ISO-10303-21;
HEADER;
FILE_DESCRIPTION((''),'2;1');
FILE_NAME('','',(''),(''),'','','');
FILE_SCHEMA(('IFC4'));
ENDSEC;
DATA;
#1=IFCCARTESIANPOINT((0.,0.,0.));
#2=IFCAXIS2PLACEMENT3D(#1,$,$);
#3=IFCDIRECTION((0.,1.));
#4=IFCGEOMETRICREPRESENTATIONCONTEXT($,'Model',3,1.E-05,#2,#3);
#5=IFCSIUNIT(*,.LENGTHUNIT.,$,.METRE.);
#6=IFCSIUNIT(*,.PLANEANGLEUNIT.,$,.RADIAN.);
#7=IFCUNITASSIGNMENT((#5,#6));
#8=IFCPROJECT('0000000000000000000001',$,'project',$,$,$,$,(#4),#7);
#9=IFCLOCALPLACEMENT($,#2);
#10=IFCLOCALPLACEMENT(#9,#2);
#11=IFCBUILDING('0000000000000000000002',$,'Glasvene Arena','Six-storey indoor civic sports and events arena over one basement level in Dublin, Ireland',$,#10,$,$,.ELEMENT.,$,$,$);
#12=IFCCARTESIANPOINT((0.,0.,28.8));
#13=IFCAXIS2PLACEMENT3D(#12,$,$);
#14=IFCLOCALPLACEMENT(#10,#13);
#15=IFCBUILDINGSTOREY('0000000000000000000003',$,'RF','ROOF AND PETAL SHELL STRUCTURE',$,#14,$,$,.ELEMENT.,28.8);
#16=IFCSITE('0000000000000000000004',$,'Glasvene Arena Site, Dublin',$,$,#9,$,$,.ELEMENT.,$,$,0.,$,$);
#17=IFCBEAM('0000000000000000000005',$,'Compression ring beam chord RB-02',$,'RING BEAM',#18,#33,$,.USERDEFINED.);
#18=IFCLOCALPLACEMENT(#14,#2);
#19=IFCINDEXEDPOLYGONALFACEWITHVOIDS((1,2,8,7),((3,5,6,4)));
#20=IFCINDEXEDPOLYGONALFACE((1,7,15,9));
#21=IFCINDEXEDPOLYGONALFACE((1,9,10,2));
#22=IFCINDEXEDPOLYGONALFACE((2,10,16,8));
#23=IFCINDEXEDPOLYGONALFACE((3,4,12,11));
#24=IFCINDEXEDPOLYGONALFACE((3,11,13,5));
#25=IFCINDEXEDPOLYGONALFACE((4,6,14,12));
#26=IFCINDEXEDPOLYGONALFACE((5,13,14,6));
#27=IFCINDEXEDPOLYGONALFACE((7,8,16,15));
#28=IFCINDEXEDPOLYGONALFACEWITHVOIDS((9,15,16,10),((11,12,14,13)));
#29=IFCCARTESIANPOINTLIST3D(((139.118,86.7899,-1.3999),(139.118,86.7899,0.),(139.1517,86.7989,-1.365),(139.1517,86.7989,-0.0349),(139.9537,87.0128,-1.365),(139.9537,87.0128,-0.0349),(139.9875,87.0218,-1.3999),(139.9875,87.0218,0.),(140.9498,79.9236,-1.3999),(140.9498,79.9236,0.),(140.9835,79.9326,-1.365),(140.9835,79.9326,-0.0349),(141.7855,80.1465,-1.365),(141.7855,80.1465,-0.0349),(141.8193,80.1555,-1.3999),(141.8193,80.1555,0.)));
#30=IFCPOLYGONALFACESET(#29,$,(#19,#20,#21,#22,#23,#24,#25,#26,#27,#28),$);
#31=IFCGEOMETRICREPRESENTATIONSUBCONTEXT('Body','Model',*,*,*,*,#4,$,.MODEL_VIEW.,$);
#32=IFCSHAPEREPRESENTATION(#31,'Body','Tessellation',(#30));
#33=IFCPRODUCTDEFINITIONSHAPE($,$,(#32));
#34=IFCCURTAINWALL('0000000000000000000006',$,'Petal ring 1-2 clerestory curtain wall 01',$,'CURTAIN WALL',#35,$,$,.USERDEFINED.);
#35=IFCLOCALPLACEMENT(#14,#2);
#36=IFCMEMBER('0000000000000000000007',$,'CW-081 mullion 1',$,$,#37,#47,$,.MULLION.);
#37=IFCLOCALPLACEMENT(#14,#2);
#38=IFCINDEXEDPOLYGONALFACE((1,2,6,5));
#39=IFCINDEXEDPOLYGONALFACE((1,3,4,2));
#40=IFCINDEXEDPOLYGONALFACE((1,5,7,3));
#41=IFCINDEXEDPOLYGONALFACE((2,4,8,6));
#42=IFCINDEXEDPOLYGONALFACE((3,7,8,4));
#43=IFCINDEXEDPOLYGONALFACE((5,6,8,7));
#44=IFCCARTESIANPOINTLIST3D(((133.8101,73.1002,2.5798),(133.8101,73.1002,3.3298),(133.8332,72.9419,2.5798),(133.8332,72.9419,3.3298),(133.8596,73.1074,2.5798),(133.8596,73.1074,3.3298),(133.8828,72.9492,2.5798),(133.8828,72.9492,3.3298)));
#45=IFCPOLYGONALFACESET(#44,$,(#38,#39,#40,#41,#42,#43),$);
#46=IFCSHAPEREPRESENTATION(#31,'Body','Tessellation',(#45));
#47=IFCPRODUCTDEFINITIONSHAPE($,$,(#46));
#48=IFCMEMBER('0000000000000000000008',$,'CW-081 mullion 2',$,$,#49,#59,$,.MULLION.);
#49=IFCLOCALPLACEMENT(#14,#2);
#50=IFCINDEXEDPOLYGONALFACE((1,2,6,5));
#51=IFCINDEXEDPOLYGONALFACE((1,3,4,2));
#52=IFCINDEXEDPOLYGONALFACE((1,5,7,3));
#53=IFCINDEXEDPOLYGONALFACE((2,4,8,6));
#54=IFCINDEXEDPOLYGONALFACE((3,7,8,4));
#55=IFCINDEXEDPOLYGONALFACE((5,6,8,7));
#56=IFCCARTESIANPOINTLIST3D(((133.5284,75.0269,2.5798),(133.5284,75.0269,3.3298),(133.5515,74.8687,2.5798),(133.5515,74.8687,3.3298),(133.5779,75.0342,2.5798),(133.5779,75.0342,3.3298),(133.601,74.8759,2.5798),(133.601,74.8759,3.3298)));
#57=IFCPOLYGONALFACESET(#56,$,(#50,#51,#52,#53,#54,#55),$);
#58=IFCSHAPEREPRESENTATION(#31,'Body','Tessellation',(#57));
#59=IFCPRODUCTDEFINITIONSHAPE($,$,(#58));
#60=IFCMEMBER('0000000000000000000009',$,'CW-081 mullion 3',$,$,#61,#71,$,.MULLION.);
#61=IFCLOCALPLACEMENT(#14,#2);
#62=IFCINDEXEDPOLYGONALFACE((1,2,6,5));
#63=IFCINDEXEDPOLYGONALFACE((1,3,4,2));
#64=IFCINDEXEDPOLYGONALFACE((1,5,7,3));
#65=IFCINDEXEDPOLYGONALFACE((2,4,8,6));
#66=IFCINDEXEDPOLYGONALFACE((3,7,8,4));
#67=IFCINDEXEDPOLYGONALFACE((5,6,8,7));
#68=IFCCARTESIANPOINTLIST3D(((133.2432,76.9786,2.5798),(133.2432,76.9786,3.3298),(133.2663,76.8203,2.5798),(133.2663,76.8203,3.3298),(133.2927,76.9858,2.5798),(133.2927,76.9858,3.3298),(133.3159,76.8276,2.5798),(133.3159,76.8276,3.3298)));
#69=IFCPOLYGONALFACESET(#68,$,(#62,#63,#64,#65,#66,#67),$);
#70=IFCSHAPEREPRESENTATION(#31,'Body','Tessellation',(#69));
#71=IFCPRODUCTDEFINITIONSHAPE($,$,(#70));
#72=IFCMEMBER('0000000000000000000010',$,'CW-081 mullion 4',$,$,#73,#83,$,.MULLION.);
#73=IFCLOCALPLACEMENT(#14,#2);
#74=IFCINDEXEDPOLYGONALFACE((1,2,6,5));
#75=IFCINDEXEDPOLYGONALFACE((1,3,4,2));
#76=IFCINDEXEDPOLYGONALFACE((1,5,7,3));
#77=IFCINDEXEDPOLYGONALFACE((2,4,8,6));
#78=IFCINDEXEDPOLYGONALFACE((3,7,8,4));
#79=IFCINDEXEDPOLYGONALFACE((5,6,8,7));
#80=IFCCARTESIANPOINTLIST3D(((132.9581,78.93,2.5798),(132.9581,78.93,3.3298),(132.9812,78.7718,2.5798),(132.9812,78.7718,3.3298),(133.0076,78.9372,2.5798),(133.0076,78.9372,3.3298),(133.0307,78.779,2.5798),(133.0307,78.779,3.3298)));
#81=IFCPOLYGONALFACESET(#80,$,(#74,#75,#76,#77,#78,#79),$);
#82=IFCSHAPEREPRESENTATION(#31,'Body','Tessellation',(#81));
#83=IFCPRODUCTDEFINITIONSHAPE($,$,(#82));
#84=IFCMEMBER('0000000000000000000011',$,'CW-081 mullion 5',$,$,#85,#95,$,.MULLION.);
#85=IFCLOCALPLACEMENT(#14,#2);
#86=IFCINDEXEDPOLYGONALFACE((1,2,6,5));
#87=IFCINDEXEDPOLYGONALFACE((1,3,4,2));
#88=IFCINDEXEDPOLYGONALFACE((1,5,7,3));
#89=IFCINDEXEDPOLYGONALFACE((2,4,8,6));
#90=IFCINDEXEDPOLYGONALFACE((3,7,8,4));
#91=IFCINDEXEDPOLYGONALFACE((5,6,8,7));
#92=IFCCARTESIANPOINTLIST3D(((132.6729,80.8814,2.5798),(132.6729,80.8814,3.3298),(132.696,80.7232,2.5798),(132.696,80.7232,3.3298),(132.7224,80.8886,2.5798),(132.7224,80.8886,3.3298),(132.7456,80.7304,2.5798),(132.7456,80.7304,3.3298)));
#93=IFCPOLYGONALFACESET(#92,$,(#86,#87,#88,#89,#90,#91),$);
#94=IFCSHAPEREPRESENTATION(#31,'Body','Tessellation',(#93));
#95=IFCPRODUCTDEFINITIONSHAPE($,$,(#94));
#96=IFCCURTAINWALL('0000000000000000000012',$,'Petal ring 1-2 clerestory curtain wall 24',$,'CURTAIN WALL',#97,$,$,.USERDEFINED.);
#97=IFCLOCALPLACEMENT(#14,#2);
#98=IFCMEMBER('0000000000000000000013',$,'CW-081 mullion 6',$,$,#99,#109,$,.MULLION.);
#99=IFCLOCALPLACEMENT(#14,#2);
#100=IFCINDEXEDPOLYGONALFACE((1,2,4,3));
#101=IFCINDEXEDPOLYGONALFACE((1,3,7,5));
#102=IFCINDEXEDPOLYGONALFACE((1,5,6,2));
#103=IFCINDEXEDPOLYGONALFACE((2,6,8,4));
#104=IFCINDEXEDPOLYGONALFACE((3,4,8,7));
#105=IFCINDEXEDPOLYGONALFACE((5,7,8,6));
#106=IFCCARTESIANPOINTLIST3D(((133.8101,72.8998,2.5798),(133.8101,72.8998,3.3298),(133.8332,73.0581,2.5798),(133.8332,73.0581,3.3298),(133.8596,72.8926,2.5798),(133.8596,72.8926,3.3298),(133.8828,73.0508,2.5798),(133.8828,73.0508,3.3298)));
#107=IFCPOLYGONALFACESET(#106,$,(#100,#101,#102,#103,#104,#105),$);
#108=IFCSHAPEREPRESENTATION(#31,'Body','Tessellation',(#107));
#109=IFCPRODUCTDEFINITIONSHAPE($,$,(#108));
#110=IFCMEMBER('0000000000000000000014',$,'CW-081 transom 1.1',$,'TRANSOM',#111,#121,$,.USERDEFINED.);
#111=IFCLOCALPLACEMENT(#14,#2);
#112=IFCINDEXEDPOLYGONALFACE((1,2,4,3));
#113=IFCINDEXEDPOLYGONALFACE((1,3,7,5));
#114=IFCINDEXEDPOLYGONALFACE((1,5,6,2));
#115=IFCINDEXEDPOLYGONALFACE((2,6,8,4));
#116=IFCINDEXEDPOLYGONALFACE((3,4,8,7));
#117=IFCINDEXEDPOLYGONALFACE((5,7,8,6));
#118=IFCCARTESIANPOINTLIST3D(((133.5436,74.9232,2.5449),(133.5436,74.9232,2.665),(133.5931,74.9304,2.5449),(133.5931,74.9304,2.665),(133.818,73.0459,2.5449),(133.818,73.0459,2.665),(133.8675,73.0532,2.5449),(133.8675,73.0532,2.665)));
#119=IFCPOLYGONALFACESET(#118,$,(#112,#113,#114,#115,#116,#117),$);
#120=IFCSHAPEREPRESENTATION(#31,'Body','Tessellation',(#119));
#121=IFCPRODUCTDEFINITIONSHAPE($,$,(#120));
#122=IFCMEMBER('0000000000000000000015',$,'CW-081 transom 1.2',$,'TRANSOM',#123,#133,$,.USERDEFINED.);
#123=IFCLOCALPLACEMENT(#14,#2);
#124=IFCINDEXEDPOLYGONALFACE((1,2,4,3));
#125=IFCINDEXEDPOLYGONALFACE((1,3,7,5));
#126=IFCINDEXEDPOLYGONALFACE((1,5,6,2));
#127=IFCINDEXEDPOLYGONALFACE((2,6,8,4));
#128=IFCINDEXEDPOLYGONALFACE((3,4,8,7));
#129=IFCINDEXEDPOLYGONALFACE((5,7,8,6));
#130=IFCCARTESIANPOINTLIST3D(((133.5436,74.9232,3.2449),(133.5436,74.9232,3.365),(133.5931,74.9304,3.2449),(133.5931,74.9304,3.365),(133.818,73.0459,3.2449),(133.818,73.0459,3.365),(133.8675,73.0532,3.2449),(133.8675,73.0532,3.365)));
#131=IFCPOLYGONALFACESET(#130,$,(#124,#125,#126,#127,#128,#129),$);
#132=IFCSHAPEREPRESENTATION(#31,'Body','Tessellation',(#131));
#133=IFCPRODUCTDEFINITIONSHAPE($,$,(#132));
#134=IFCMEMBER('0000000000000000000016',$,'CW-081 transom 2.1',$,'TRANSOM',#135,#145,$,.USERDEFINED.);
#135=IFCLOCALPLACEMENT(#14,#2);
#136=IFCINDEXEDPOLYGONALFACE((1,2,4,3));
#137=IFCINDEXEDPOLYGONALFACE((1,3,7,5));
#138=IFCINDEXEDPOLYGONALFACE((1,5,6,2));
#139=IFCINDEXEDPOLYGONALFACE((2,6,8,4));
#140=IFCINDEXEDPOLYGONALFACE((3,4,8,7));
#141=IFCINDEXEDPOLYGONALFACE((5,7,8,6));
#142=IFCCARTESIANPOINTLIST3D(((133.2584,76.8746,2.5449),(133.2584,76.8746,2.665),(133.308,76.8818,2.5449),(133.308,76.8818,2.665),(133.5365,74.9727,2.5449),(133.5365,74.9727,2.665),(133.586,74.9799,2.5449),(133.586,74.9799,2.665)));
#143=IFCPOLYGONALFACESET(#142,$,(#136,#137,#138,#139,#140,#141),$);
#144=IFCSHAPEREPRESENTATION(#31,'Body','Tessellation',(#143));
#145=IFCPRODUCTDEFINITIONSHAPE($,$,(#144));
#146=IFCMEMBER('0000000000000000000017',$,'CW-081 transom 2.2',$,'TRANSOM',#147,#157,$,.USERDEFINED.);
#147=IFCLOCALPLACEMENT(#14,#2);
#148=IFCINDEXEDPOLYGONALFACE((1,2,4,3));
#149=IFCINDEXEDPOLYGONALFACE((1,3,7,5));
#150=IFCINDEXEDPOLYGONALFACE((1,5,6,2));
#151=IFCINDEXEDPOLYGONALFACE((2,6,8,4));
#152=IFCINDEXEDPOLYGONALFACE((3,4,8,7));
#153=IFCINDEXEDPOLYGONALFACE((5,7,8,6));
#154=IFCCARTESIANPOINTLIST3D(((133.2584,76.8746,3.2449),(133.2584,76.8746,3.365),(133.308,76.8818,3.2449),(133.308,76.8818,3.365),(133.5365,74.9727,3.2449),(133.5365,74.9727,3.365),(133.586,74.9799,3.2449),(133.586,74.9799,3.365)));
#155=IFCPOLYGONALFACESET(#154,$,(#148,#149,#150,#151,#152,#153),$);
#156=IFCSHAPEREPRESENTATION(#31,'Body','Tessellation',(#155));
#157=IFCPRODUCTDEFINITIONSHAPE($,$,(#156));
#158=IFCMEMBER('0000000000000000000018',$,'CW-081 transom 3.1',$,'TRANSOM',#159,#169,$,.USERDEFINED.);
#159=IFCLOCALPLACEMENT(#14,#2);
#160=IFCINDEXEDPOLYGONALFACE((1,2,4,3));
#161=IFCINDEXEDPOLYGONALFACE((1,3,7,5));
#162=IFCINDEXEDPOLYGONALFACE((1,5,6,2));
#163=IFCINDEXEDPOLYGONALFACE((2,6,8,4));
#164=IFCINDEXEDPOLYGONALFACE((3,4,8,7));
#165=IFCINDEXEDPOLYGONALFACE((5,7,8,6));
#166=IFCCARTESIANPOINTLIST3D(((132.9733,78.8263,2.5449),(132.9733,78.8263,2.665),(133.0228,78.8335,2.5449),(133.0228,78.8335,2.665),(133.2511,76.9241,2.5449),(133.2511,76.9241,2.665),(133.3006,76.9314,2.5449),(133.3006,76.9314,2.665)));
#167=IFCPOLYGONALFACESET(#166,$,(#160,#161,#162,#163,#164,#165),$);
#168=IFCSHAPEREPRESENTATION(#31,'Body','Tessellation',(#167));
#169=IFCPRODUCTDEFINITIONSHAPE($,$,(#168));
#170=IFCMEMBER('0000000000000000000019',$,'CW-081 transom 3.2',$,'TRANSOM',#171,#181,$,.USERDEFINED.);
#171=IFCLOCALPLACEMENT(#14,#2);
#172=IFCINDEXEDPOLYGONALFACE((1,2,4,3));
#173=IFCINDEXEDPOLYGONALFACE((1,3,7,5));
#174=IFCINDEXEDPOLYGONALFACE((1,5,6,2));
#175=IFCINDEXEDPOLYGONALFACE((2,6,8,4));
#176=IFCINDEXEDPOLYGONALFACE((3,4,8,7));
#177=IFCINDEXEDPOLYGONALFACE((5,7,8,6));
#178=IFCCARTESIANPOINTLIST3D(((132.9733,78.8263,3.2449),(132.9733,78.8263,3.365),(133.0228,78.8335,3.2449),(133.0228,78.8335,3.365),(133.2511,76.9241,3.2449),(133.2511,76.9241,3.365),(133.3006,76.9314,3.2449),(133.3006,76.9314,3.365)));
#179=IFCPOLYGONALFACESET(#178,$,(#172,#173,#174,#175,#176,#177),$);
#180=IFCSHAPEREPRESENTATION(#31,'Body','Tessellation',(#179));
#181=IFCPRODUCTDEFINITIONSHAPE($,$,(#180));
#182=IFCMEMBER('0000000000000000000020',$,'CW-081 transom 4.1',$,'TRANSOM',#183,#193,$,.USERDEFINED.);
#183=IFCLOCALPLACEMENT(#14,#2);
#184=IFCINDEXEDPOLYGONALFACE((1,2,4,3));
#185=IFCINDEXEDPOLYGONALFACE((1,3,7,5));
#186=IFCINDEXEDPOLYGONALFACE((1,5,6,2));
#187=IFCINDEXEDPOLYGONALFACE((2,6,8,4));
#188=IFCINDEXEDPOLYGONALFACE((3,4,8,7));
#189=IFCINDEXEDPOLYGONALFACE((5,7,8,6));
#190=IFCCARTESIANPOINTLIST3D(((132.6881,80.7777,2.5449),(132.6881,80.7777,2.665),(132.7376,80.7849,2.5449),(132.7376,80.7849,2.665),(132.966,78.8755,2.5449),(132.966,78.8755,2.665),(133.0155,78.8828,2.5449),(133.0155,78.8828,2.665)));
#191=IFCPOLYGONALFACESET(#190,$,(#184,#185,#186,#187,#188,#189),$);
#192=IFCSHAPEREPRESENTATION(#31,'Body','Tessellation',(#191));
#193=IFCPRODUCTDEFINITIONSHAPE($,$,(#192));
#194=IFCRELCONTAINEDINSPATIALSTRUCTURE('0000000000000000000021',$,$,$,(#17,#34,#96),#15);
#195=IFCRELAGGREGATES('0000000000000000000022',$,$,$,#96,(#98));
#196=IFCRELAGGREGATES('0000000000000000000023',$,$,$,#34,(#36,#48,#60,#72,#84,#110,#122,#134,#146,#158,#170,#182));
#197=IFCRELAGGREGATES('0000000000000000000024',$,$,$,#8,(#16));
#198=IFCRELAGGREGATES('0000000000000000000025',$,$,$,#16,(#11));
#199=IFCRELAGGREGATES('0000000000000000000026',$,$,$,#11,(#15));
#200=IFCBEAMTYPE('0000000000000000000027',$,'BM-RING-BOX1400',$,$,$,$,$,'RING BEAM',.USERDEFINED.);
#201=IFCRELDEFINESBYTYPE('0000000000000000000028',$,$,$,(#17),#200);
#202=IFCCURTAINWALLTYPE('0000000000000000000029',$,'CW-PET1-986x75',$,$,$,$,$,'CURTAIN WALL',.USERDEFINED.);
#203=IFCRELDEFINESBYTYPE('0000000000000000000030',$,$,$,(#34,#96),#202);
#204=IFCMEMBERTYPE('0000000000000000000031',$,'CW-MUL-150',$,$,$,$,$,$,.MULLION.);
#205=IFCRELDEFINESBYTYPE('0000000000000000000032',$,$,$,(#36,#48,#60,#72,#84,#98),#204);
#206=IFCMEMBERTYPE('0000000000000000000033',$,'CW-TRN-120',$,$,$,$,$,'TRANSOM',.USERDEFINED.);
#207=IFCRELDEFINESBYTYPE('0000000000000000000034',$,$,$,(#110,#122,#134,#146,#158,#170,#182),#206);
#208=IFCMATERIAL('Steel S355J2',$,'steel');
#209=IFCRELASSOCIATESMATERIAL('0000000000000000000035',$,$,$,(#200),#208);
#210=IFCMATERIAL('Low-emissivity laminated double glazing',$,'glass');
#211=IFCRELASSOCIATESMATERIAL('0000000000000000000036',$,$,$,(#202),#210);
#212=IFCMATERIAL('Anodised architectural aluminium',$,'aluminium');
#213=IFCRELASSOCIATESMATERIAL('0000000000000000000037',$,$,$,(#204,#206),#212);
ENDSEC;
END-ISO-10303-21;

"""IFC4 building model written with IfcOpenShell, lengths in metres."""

from ifc_helpers import new_model, si_unit, direction, frame, origin, origin_2d, place, context, subcontext, project, spatial, rectangle, hollow_rectangle, extrude, material, material_profile, profile_set, type_object, element, aggregate, save


model = new_model("IFC4")

# Units and contexts
model_context = context("Model", 3, precision=1e-05, world=origin(), true_north=direction((0.0, 1.0)))
body_context = subcontext(model_context, "Body", "Model", "MODEL_VIEW")
ifc_project = project(units=[si_unit("LENGTHUNIT", "METRE"), si_unit("PLANEANGLEUNIT", "RADIAN")], contexts=[model_context])

# Site, building, storey
site_placement = place(None, origin())
site = spatial("IfcSite", under=ifc_project, at=site_placement, Name="Glasvene Arena Site, Dublin", CompositionType="ELEMENT", RefElevation=0.0)
building_placement = place(site_placement, origin())
building = spatial("IfcBuilding", under=site, at=building_placement, Name="Glasvene Arena", Description="Six-storey indoor civic sports and events arena over one basement level in Dublin, Ireland", CompositionType="ELEMENT")
storey_placement = place(building_placement, frame((0.0, 0.0, 28.8)))
storey = spatial("IfcBuildingStorey", under=building, at=storey_placement, Name="RF", Description="ROOF AND PETAL SHELL STRUCTURE", CompositionType="ELEMENT", Elevation=28.8)

# Beam
ifc_material_1 = material(Name="Steel S355J2", Category="steel")
ifc_material_profile_1 = material_profile(ifc_material_1, hollow_rectangle(XDim=0.8999, YDim=1.3999, WallThickness=0.0349, at=origin_2d()), Name="WBOX 900x1400x35")
ifc_profile_set_1 = profile_set([ifc_material_profile_1], Name="Steel S355J2")
beam_type = type_object("IfcBeamType", Name="BM-RING-BOX1400", ElementType="RING BEAM", PredefinedType="USERDEFINED", material=ifc_profile_set_1)
beam_placement = place(storey_placement, frame((141.3845, 80.0396, -0.7), z_axis=(-0.257767, 0.966207, 0.0), x_axis=(-0.966207, -0.257767, 0.0)))
element("IfcBeam", 1, at=beam_placement, inside=storey, type_object=beam_type, Name="Compression ring beam chord RB-02", ObjectType="RING BEAM", PredefinedType="USERDEFINED", context=body_context, shape_type="SweptSolid", body=[
    extrude(hollow_rectangle(XDim=0.8999, YDim=1.3999, WallThickness=0.0349, at=origin_2d()), origin(), (0.0, 0.0, 1.0), 7.1064),
])

# Curtain wall, members
ifc_material_2 = material(Name="Low-emissivity laminated double glazing", Category="glass")
curtain_wall_type_1 = type_object("IfcCurtainWallType", Name="CW-PET1-986x75", ElementType="CURTAIN WALL", PredefinedType="USERDEFINED", material=ifc_material_2)
curtain_wall_1_placement = place(storey_placement, frame((133.8501, 73.0, 0.0)))
curtain_wall_1 = element("IfcCurtainWall", 2, at=curtain_wall_1_placement, inside=storey, type_object=curtain_wall_type_1, Name="Petal ring 1-2 clerestory curtain wall 01", ObjectType="CURTAIN WALL", PredefinedType="USERDEFINED")
ifc_material_3 = material(Name="Anodised architectural aluminium", Category="aluminium")
ifc_material_profile_2 = material_profile(ifc_material_3, rectangle(XDim=0.05, YDim=0.1599, at=origin_2d()), Name="ALU MULLION 50x160")
ifc_profile_set_2 = profile_set([ifc_material_profile_2], Name="Anodised architectural aluminium")
member_type_1 = type_object("IfcMemberType", Name="CW-MUL-150", PredefinedType="MULLION", material=ifc_profile_set_2)
member_1_placement = place(storey_placement, frame((133.8464, 73.0247, 2.5798), z_axis=(0.0, 0.0, 1.0), x_axis=(-0.989489, -0.144608, 0.0)))
member_1 = element("IfcMember", 3, at=member_1_placement, type_object=member_type_1, Name="CW-081 mullion 1", PredefinedType="MULLION", context=body_context, shape_type="SweptSolid", body=[
    extrude(rectangle(XDim=0.05, YDim=0.1599, at=origin_2d()), origin(), (0.0, 0.0, 1.0), 0.75),
])
member_2_placement = place(storey_placement, frame((133.5647, 74.9514, 2.5798), z_axis=(0.0, 0.0, 1.0), x_axis=(-0.989489, -0.144608, 0.0)))
member_2 = element("IfcMember", 4, at=member_2_placement, type_object=member_type_1, Name="CW-081 mullion 2", PredefinedType="MULLION", context=body_context, shape_type="SweptSolid", body=[
    extrude(rectangle(XDim=0.05, YDim=0.1599, at=origin_2d()), origin(), (0.0, 0.0, 1.0), 0.75),
])
member_3_placement = place(storey_placement, frame((133.2795, 76.9031, 2.5798), z_axis=(0.0, 0.0, 1.0), x_axis=(-0.989489, -0.144608, 0.0)))
member_3 = element("IfcMember", 5, at=member_3_placement, type_object=member_type_1, Name="CW-081 mullion 3", PredefinedType="MULLION", context=body_context, shape_type="SweptSolid", body=[
    extrude(rectangle(XDim=0.05, YDim=0.1599, at=origin_2d()), origin(), (0.0, 0.0, 1.0), 0.75),
])
member_4_placement = place(storey_placement, frame((132.9944, 78.8545, 2.5798), z_axis=(0.0, 0.0, 1.0), x_axis=(-0.989489, -0.144608, 0.0)))
member_4 = element("IfcMember", 6, at=member_4_placement, type_object=member_type_1, Name="CW-081 mullion 4", PredefinedType="MULLION", context=body_context, shape_type="SweptSolid", body=[
    extrude(rectangle(XDim=0.05, YDim=0.1599, at=origin_2d()), origin(), (0.0, 0.0, 1.0), 0.75),
])
member_5_placement = place(storey_placement, frame((132.7092, 80.8059, 2.5798), z_axis=(0.0, 0.0, 1.0), x_axis=(-0.989489, -0.144608, 0.0)))
member_5 = element("IfcMember", 7, at=member_5_placement, type_object=member_type_1, Name="CW-081 mullion 5", PredefinedType="MULLION", context=body_context, shape_type="SweptSolid", body=[
    extrude(rectangle(XDim=0.05, YDim=0.1599, at=origin_2d()), origin(), (0.0, 0.0, 1.0), 0.75),
])

# Curtain wall, member
curtain_wall_2_placement = place(storey_placement, frame((132.4241, 63.2424, 0.0)))
curtain_wall_2 = element("IfcCurtainWall", 8, at=curtain_wall_2_placement, inside=storey, type_object=curtain_wall_type_1, Name="Petal ring 1-2 clerestory curtain wall 24", ObjectType="CURTAIN WALL", PredefinedType="USERDEFINED")
member_6_placement = place(storey_placement, frame((133.8464, 72.9753, 2.5798), z_axis=(0.0, 0.0, 1.0), x_axis=(-0.989489, 0.144608, 0.0)))
member_6 = element("IfcMember", 9, at=member_6_placement, type_object=member_type_1, Name="CW-081 mullion 6", PredefinedType="MULLION", context=body_context, shape_type="SweptSolid", body=[
    extrude(rectangle(XDim=0.05, YDim=0.1599, at=origin_2d()), origin(), (0.0, 0.0, 1.0), 0.75),
])
aggregate(curtain_wall_2, [member_6])

# Members
ifc_material_profile_3 = material_profile(ifc_material_3, rectangle(XDim=0.05, YDim=0.1201, at=origin_2d()), Name="ALU TRANSOM 50x120")
ifc_profile_set_3 = profile_set([ifc_material_profile_3], Name="Anodised architectural aluminium")
member_type_2 = type_object("IfcMemberType", Name="CW-TRN-120", ElementType="TRANSOM", PredefinedType="USERDEFINED", material=ifc_profile_set_3)
member_7_placement = place(storey_placement, frame((133.8428, 73.0496, 2.605), z_axis=(-0.144646, 0.989484, 0.0), x_axis=(-0.989484, -0.144646, 0.0)))
member_7 = element("IfcMember", 10, at=member_7_placement, type_object=member_type_2, Name="CW-081 transom 1.1", ObjectType="TRANSOM", PredefinedType="USERDEFINED", context=body_context, shape_type="SweptSolid", body=[
    extrude(rectangle(XDim=0.05, YDim=0.1201, at=origin_2d()), origin(), (0.0, 0.0, 1.0), 1.8972),
])
member_8_placement = place(storey_placement, frame((133.8428, 73.0496, 3.3049), z_axis=(-0.144646, 0.989484, 0.0), x_axis=(-0.989484, -0.144646, 0.0)))
member_8 = element("IfcMember", 11, at=member_8_placement, type_object=member_type_2, Name="CW-081 transom 1.2", ObjectType="TRANSOM", PredefinedType="USERDEFINED", context=body_context, shape_type="SweptSolid", body=[
    extrude(rectangle(XDim=0.05, YDim=0.1201, at=origin_2d()), origin(), (0.0, 0.0, 1.0), 1.8972),
])
member_9_placement = place(storey_placement, frame((133.5613, 74.9763, 2.605), z_axis=(-0.144675, 0.989479, 0.0), x_axis=(-0.989479, -0.144675, 0.0)))
member_9 = element("IfcMember", 12, at=member_9_placement, type_object=member_type_2, Name="CW-081 transom 2.1", ObjectType="TRANSOM", PredefinedType="USERDEFINED", context=body_context, shape_type="SweptSolid", body=[
    extrude(rectangle(XDim=0.05, YDim=0.1201, at=origin_2d()), origin(), (0.0, 0.0, 1.0), 1.9221),
])
member_10_placement = place(storey_placement, frame((133.5613, 74.9763, 3.3049), z_axis=(-0.144675, 0.989479, 0.0), x_axis=(-0.989479, -0.144675, 0.0)))
member_10 = element("IfcMember", 13, at=member_10_placement, type_object=member_type_2, Name="CW-081 transom 2.2", ObjectType="TRANSOM", PredefinedType="USERDEFINED", context=body_context, shape_type="SweptSolid", body=[
    extrude(rectangle(XDim=0.05, YDim=0.1201, at=origin_2d()), origin(), (0.0, 0.0, 1.0), 1.9221),
])
member_11_placement = place(storey_placement, frame((133.2759, 76.9277, 2.605), z_axis=(-0.144532, 0.9895, 0.0), x_axis=(-0.9895, -0.144532, 0.0)))
member_11 = element("IfcMember", 14, at=member_11_placement, type_object=member_type_2, Name="CW-081 transom 3.1", ObjectType="TRANSOM", PredefinedType="USERDEFINED", context=body_context, shape_type="SweptSolid", body=[
    extrude(rectangle(XDim=0.05, YDim=0.1201, at=origin_2d()), origin(), (0.0, 0.0, 1.0), 1.9224),
])
member_12_placement = place(storey_placement, frame((133.2759, 76.9277, 3.3049), z_axis=(-0.144532, 0.9895, 0.0), x_axis=(-0.9895, -0.144532, 0.0)))
member_12 = element("IfcMember", 15, at=member_12_placement, type_object=member_type_2, Name="CW-081 transom 3.2", ObjectType="TRANSOM", PredefinedType="USERDEFINED", context=body_context, shape_type="SweptSolid", body=[
    extrude(rectangle(XDim=0.05, YDim=0.1201, at=origin_2d()), origin(), (0.0, 0.0, 1.0), 1.9224),
])
member_13_placement = place(storey_placement, frame((132.9907, 78.8792, 2.605), z_axis=(-0.144532, 0.9895, 0.0), x_axis=(-0.9895, -0.144532, 0.0)))
member_13 = element("IfcMember", 16, at=member_13_placement, type_object=member_type_2, Name="CW-081 transom 4.1", ObjectType="TRANSOM", PredefinedType="USERDEFINED", context=body_context, shape_type="SweptSolid", body=[
    extrude(rectangle(XDim=0.05, YDim=0.1201, at=origin_2d()), origin(), (0.0, 0.0, 1.0), 1.9224),
])

aggregate(curtain_wall_1, [member_1, member_2, member_3, member_4, member_5, member_7, member_8, member_9, member_10, member_11, member_12, member_13])

save(model, "model.ifc")
